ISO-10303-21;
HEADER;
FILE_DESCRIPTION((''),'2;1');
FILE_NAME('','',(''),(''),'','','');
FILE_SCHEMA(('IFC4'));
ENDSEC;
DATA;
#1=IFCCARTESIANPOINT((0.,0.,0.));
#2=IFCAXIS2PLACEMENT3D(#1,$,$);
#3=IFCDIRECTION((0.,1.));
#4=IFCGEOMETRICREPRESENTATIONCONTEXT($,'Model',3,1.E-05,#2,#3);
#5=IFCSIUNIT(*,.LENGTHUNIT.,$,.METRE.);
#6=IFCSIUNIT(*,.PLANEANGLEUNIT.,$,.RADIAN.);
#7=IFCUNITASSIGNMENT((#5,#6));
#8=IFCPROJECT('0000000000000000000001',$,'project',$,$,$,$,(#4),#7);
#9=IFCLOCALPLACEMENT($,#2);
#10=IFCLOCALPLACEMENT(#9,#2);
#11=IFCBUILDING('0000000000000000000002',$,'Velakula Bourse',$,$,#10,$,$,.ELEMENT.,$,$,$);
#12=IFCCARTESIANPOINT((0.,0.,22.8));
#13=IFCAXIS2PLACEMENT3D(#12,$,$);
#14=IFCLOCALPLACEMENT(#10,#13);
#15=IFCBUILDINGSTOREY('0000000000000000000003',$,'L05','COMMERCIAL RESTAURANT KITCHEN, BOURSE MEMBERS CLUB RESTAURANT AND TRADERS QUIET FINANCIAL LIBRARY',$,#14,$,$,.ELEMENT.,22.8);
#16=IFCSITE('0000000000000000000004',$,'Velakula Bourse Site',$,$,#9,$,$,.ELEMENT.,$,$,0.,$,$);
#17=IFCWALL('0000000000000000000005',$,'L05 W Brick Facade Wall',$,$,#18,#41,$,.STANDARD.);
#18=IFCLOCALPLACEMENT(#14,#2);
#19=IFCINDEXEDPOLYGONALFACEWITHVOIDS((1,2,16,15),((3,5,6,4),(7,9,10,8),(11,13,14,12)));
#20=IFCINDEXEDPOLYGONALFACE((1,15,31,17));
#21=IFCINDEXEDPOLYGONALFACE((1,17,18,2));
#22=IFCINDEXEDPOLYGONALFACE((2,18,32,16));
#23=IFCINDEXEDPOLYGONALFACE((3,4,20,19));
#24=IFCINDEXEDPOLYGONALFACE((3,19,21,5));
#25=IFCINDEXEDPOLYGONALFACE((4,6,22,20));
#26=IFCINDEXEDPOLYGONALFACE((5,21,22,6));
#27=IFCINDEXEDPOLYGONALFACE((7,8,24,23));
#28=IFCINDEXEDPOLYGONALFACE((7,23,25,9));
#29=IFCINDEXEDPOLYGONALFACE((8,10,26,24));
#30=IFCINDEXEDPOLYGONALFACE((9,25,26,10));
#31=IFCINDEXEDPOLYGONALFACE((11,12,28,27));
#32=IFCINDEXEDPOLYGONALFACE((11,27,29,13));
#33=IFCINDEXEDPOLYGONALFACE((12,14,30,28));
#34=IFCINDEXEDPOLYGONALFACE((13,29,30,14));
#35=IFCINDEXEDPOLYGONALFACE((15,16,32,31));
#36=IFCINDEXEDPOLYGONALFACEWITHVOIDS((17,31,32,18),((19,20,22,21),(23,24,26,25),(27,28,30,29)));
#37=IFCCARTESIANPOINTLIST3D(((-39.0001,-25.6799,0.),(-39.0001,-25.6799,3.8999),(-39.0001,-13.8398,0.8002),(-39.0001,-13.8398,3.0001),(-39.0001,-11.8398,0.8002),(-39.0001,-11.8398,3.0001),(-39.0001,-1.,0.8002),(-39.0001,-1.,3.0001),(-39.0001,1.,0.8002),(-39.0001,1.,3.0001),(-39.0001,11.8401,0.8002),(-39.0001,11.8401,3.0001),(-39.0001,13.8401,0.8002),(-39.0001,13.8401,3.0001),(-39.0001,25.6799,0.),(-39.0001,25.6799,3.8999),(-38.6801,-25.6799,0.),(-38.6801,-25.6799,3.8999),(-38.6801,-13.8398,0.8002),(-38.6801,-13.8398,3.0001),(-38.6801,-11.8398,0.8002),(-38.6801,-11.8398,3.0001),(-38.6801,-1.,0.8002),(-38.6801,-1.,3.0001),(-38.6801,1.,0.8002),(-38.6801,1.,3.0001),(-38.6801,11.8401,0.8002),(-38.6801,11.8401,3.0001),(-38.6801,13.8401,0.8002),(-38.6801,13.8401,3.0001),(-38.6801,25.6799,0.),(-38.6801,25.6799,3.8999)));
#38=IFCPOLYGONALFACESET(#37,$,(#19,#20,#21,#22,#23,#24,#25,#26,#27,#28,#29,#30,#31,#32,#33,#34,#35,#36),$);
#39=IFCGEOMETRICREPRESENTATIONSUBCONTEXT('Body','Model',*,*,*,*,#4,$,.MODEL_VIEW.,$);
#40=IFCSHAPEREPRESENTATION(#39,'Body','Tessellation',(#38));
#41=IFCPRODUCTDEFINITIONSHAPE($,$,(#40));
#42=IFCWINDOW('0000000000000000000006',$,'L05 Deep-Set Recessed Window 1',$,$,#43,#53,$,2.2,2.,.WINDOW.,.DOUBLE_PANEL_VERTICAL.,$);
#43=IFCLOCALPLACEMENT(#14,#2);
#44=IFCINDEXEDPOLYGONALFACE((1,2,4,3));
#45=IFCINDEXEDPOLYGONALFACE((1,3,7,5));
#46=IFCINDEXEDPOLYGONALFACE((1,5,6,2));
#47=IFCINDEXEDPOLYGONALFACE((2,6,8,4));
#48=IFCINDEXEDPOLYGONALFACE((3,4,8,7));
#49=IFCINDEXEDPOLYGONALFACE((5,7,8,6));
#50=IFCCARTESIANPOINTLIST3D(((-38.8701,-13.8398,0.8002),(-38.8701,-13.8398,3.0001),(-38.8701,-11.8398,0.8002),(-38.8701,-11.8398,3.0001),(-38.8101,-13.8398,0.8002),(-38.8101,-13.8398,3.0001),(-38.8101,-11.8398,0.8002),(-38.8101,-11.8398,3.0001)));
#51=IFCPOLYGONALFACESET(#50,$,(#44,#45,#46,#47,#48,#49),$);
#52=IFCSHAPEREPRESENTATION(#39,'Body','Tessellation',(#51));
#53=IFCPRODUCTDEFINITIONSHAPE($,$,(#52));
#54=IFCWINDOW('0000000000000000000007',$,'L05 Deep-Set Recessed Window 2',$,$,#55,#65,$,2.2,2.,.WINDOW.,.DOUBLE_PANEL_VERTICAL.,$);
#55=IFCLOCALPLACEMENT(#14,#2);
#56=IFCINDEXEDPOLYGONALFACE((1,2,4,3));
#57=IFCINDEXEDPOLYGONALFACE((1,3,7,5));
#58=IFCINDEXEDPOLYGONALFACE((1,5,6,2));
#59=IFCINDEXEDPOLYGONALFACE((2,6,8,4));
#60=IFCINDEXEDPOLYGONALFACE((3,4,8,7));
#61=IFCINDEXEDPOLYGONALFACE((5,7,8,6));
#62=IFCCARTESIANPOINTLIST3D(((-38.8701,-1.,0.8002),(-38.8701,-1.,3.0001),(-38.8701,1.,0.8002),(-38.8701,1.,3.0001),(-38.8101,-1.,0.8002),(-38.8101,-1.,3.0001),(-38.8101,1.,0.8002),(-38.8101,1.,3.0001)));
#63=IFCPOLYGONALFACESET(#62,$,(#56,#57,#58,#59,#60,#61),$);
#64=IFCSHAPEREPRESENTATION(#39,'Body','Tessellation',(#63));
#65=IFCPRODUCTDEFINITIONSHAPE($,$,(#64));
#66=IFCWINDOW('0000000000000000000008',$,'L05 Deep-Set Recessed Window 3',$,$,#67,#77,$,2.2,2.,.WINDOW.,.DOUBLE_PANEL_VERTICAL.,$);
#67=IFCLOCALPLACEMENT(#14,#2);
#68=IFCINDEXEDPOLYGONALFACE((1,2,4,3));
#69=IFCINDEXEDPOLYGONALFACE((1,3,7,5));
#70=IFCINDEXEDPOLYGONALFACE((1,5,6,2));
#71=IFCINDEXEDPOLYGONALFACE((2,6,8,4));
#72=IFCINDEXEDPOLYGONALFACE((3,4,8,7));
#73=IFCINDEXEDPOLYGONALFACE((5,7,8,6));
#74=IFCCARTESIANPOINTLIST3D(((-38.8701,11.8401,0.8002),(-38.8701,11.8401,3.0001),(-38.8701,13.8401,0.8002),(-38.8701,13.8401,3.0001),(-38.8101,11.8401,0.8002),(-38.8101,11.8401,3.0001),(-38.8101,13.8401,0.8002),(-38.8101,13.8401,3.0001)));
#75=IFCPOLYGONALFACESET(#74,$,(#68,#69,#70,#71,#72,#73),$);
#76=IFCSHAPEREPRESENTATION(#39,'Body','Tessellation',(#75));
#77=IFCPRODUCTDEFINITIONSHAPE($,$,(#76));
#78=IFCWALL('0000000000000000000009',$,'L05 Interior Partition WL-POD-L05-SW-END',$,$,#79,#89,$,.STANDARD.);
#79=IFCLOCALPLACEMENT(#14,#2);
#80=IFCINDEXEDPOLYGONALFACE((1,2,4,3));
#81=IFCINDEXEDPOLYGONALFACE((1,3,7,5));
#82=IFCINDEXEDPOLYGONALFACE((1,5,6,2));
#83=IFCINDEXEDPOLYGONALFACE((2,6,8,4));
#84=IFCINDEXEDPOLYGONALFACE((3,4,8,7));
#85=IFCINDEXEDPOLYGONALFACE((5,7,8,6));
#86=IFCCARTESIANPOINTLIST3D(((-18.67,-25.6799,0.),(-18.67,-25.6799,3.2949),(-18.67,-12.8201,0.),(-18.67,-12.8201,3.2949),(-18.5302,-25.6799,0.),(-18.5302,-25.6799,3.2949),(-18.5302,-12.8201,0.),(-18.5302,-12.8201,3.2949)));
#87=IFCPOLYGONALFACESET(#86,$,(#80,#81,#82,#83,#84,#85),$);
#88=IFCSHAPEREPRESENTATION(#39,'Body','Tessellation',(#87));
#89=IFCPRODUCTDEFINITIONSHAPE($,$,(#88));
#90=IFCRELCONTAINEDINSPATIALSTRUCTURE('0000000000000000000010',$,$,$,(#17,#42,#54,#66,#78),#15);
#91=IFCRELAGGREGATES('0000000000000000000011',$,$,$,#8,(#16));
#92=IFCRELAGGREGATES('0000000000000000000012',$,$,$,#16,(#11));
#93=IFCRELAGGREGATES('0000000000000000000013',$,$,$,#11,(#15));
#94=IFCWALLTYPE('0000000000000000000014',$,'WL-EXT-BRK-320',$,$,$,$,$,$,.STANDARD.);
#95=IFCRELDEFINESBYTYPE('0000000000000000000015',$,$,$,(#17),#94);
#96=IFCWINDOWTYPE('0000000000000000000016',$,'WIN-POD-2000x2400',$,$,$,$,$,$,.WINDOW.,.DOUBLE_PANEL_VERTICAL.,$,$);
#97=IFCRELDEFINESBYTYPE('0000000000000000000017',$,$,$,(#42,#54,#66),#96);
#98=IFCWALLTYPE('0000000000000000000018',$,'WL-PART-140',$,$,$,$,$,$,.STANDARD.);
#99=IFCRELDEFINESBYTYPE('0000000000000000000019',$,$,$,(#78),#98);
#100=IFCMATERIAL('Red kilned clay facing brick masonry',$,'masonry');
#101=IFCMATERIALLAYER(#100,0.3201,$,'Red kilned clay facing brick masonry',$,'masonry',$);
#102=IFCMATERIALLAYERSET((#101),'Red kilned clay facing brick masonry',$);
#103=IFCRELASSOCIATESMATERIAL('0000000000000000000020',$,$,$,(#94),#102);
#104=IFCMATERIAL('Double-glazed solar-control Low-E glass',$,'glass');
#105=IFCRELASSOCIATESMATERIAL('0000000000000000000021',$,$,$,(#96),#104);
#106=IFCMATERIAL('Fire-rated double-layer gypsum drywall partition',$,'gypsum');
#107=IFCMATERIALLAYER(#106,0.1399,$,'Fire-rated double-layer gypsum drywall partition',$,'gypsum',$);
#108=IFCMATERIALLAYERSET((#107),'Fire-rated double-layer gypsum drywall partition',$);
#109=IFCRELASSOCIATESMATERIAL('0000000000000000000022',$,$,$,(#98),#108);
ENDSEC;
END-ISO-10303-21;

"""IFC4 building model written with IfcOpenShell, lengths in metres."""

from ifc_helpers import new_model, si_unit, direction, frame, frame_2d, origin, place, context, subcontext, project, spatial, rectangle, extrude, material, layer, layer_set, type_object, element, fill, save


model = new_model("IFC4")

# Units and contexts
model_context = context("Model", 3, precision=1e-05, world=origin(), true_north=direction((0.0, 1.0)))
body_context = subcontext(model_context, "Body", "Model", "MODEL_VIEW")
ifc_project = project(units=[si_unit("LENGTHUNIT", "METRE"), si_unit("PLANEANGLEUNIT", "RADIAN")], contexts=[model_context])

# Site, building, storey
site_placement = place(None, origin())
site = spatial("IfcSite", under=ifc_project, at=site_placement, Name="Velakula Bourse Site", CompositionType="ELEMENT", RefElevation=0.0)
building_placement = place(site_placement, origin())
building = spatial("IfcBuilding", under=site, at=building_placement, Name="Velakula Bourse", CompositionType="ELEMENT")
storey_placement = place(building_placement, frame((0.0, 0.0, 22.8)))
storey = spatial("IfcBuildingStorey", under=building, at=storey_placement, Name="L05", Description="COMMERCIAL RESTAURANT KITCHEN, BOURSE MEMBERS CLUB RESTAURANT AND TRADERS QUIET FINANCIAL LIBRARY", CompositionType="ELEMENT", Elevation=22.8)

# Wall, openings, windows
ifc_material_1 = material(Name="Red kilned clay facing brick masonry", Category="masonry")
ifc_layer_1 = layer(ifc_material_1, 0.3201, Name="Red kilned clay facing brick masonry", Category="masonry")
ifc_layer_set_1 = layer_set([ifc_layer_1], Name="Red kilned clay facing brick masonry")
wall_type_1 = type_object("IfcWallType", Name="WL-EXT-BRK-320", PredefinedType="STANDARD", material=ifc_layer_set_1)
wall_1_placement = place(storey_placement, frame((-38.8401, -25.6799, 0.0), z_axis=(0.0, 0.0, 1.0), x_axis=(0.0, 1.0, 0.0)))
wall_1 = element("IfcWall", 1, at=wall_1_placement, inside=storey, type_object=wall_type_1, Name="L05 W Brick Facade Wall", PredefinedType="STANDARD", context=body_context, shape_type="SweptSolid", body=[
    extrude(rectangle(XDim=51.3599, YDim=0.3201, at=frame_2d((25.6799, 0.0))), origin(), (0.0, 0.0, 1.0), 3.8999),
])
opening_1_placement = place(wall_1_placement, frame((11.8401, 0.0, 0.8)))
opening_1 = element("IfcOpeningElement", 2, at=opening_1_placement, cuts=wall_1, PredefinedType="OPENING", context=body_context, shape_type="SweptSolid", body=[
    extrude(rectangle(XDim=2.0, YDim=2.2, at=frame_2d((1.0, 1.1001))), frame((0.0, 0.1699, 0.0), z_axis=(0.0, -1.0, 0.0), x_axis=(1.0, 0.0, 0.0)), (0.0, 0.0, 1.0), 0.3401),
])
opening_2_placement = place(wall_1_placement, frame((24.6799, 0.0, 0.8)))
opening_2 = element("IfcOpeningElement", 3, at=opening_2_placement, cuts=wall_1, PredefinedType="OPENING", context=body_context, shape_type="SweptSolid", body=[
    extrude(rectangle(XDim=2.0, YDim=2.2, at=frame_2d((1.0, 1.1001))), frame((0.0, 0.1699, 0.0), z_axis=(0.0, -1.0, 0.0), x_axis=(1.0, 0.0, 0.0)), (0.0, 0.0, 1.0), 0.3401),
])
opening_3_placement = place(wall_1_placement, frame((37.52, 0.0, 0.8)))
opening_3 = element("IfcOpeningElement", 4, at=opening_3_placement, cuts=wall_1, PredefinedType="OPENING", context=body_context, shape_type="SweptSolid", body=[
    extrude(rectangle(XDim=2.0, YDim=2.2, at=frame_2d((1.0, 1.1001))), frame((0.0, 0.1699, 0.0), z_axis=(0.0, -1.0, 0.0), x_axis=(1.0, 0.0, 0.0)), (0.0, 0.0, 1.0), 0.3401),
])
ifc_material_2 = material(Name="Double-glazed solar-control Low-E glass", Category="glass")
window_type = type_object("IfcWindowType", Name="WIN-POD-2000x2400", PartitioningType="DOUBLE_PANEL_VERTICAL", PredefinedType="WINDOW", material=ifc_material_2)
window_1_placement = place(opening_1_placement, origin())
window_1 = element("IfcWindow", 5, at=window_1_placement, inside=storey, type_object=window_type, Name="L05 Deep-Set Recessed Window 1", OverallHeight=2.2, OverallWidth=2.0, PartitioningType="DOUBLE_PANEL_VERTICAL", PredefinedType="WINDOW", context=body_context, shape_type="SweptSolid", body=[
    extrude(rectangle(XDim=2.0, YDim=2.2, at=frame_2d((1.0, 1.1001))), frame((0.0, 0.03, 0.0), z_axis=(0.0, -1.0, 0.0), x_axis=(1.0, 0.0, 0.0)), (0.0, 0.0, 1.0), 0.0601),
])
fill(opening_1, window_1)
window_2_placement = place(opening_2_placement, origin())
window_2 = element("IfcWindow", 6, at=window_2_placement, inside=storey, type_object=window_type, Name="L05 Deep-Set Recessed Window 2", OverallHeight=2.2, OverallWidth=2.0, PartitioningType="DOUBLE_PANEL_VERTICAL", PredefinedType="WINDOW", context=body_context, shape_type="SweptSolid", body=[
    extrude(rectangle(XDim=2.0, YDim=2.2, at=frame_2d((1.0, 1.1001))), frame((0.0, 0.03, 0.0), z_axis=(0.0, -1.0, 0.0), x_axis=(1.0, 0.0, 0.0)), (0.0, 0.0, 1.0), 0.0601),
])
fill(opening_2, window_2)
window_3_placement = place(opening_3_placement, origin())
window_3 = element("IfcWindow", 7, at=window_3_placement, inside=storey, type_object=window_type, Name="L05 Deep-Set Recessed Window 3", OverallHeight=2.2, OverallWidth=2.0, PartitioningType="DOUBLE_PANEL_VERTICAL", PredefinedType="WINDOW", context=body_context, shape_type="SweptSolid", body=[
    extrude(rectangle(XDim=2.0, YDim=2.2, at=frame_2d((1.0, 1.1001))), frame((0.0, 0.03, 0.0), z_axis=(0.0, -1.0, 0.0), x_axis=(1.0, 0.0, 0.0)), (0.0, 0.0, 1.0), 0.0601),
])
fill(opening_3, window_3)

# Wall
ifc_material_3 = material(Name="Fire-rated double-layer gypsum drywall partition", Category="gypsum")
ifc_layer_2 = layer(ifc_material_3, 0.1399, Name="Fire-rated double-layer gypsum drywall partition", Category="gypsum")
ifc_layer_set_2 = layer_set([ifc_layer_2], Name="Fire-rated double-layer gypsum drywall partition")
wall_type_2 = type_object("IfcWallType", Name="WL-PART-140", PredefinedType="STANDARD", material=ifc_layer_set_2)
wall_2_placement = place(storey_placement, frame((-18.6001, -25.6799, 0.0), z_axis=(0.0, 0.0, 1.0), x_axis=(0.0, 1.0, 0.0)))
element("IfcWall", 8, at=wall_2_placement, inside=storey, type_object=wall_type_2, Name="L05 Interior Partition WL-POD-L05-SW-END", PredefinedType="STANDARD", context=body_context, shape_type="SweptSolid", body=[
    extrude(rectangle(XDim=12.8599, YDim=0.1399, at=frame_2d((6.4299, 0.0))), origin(), (0.0, 0.0, 1.0), 3.2949),
])

save(model, "model.ifc")
